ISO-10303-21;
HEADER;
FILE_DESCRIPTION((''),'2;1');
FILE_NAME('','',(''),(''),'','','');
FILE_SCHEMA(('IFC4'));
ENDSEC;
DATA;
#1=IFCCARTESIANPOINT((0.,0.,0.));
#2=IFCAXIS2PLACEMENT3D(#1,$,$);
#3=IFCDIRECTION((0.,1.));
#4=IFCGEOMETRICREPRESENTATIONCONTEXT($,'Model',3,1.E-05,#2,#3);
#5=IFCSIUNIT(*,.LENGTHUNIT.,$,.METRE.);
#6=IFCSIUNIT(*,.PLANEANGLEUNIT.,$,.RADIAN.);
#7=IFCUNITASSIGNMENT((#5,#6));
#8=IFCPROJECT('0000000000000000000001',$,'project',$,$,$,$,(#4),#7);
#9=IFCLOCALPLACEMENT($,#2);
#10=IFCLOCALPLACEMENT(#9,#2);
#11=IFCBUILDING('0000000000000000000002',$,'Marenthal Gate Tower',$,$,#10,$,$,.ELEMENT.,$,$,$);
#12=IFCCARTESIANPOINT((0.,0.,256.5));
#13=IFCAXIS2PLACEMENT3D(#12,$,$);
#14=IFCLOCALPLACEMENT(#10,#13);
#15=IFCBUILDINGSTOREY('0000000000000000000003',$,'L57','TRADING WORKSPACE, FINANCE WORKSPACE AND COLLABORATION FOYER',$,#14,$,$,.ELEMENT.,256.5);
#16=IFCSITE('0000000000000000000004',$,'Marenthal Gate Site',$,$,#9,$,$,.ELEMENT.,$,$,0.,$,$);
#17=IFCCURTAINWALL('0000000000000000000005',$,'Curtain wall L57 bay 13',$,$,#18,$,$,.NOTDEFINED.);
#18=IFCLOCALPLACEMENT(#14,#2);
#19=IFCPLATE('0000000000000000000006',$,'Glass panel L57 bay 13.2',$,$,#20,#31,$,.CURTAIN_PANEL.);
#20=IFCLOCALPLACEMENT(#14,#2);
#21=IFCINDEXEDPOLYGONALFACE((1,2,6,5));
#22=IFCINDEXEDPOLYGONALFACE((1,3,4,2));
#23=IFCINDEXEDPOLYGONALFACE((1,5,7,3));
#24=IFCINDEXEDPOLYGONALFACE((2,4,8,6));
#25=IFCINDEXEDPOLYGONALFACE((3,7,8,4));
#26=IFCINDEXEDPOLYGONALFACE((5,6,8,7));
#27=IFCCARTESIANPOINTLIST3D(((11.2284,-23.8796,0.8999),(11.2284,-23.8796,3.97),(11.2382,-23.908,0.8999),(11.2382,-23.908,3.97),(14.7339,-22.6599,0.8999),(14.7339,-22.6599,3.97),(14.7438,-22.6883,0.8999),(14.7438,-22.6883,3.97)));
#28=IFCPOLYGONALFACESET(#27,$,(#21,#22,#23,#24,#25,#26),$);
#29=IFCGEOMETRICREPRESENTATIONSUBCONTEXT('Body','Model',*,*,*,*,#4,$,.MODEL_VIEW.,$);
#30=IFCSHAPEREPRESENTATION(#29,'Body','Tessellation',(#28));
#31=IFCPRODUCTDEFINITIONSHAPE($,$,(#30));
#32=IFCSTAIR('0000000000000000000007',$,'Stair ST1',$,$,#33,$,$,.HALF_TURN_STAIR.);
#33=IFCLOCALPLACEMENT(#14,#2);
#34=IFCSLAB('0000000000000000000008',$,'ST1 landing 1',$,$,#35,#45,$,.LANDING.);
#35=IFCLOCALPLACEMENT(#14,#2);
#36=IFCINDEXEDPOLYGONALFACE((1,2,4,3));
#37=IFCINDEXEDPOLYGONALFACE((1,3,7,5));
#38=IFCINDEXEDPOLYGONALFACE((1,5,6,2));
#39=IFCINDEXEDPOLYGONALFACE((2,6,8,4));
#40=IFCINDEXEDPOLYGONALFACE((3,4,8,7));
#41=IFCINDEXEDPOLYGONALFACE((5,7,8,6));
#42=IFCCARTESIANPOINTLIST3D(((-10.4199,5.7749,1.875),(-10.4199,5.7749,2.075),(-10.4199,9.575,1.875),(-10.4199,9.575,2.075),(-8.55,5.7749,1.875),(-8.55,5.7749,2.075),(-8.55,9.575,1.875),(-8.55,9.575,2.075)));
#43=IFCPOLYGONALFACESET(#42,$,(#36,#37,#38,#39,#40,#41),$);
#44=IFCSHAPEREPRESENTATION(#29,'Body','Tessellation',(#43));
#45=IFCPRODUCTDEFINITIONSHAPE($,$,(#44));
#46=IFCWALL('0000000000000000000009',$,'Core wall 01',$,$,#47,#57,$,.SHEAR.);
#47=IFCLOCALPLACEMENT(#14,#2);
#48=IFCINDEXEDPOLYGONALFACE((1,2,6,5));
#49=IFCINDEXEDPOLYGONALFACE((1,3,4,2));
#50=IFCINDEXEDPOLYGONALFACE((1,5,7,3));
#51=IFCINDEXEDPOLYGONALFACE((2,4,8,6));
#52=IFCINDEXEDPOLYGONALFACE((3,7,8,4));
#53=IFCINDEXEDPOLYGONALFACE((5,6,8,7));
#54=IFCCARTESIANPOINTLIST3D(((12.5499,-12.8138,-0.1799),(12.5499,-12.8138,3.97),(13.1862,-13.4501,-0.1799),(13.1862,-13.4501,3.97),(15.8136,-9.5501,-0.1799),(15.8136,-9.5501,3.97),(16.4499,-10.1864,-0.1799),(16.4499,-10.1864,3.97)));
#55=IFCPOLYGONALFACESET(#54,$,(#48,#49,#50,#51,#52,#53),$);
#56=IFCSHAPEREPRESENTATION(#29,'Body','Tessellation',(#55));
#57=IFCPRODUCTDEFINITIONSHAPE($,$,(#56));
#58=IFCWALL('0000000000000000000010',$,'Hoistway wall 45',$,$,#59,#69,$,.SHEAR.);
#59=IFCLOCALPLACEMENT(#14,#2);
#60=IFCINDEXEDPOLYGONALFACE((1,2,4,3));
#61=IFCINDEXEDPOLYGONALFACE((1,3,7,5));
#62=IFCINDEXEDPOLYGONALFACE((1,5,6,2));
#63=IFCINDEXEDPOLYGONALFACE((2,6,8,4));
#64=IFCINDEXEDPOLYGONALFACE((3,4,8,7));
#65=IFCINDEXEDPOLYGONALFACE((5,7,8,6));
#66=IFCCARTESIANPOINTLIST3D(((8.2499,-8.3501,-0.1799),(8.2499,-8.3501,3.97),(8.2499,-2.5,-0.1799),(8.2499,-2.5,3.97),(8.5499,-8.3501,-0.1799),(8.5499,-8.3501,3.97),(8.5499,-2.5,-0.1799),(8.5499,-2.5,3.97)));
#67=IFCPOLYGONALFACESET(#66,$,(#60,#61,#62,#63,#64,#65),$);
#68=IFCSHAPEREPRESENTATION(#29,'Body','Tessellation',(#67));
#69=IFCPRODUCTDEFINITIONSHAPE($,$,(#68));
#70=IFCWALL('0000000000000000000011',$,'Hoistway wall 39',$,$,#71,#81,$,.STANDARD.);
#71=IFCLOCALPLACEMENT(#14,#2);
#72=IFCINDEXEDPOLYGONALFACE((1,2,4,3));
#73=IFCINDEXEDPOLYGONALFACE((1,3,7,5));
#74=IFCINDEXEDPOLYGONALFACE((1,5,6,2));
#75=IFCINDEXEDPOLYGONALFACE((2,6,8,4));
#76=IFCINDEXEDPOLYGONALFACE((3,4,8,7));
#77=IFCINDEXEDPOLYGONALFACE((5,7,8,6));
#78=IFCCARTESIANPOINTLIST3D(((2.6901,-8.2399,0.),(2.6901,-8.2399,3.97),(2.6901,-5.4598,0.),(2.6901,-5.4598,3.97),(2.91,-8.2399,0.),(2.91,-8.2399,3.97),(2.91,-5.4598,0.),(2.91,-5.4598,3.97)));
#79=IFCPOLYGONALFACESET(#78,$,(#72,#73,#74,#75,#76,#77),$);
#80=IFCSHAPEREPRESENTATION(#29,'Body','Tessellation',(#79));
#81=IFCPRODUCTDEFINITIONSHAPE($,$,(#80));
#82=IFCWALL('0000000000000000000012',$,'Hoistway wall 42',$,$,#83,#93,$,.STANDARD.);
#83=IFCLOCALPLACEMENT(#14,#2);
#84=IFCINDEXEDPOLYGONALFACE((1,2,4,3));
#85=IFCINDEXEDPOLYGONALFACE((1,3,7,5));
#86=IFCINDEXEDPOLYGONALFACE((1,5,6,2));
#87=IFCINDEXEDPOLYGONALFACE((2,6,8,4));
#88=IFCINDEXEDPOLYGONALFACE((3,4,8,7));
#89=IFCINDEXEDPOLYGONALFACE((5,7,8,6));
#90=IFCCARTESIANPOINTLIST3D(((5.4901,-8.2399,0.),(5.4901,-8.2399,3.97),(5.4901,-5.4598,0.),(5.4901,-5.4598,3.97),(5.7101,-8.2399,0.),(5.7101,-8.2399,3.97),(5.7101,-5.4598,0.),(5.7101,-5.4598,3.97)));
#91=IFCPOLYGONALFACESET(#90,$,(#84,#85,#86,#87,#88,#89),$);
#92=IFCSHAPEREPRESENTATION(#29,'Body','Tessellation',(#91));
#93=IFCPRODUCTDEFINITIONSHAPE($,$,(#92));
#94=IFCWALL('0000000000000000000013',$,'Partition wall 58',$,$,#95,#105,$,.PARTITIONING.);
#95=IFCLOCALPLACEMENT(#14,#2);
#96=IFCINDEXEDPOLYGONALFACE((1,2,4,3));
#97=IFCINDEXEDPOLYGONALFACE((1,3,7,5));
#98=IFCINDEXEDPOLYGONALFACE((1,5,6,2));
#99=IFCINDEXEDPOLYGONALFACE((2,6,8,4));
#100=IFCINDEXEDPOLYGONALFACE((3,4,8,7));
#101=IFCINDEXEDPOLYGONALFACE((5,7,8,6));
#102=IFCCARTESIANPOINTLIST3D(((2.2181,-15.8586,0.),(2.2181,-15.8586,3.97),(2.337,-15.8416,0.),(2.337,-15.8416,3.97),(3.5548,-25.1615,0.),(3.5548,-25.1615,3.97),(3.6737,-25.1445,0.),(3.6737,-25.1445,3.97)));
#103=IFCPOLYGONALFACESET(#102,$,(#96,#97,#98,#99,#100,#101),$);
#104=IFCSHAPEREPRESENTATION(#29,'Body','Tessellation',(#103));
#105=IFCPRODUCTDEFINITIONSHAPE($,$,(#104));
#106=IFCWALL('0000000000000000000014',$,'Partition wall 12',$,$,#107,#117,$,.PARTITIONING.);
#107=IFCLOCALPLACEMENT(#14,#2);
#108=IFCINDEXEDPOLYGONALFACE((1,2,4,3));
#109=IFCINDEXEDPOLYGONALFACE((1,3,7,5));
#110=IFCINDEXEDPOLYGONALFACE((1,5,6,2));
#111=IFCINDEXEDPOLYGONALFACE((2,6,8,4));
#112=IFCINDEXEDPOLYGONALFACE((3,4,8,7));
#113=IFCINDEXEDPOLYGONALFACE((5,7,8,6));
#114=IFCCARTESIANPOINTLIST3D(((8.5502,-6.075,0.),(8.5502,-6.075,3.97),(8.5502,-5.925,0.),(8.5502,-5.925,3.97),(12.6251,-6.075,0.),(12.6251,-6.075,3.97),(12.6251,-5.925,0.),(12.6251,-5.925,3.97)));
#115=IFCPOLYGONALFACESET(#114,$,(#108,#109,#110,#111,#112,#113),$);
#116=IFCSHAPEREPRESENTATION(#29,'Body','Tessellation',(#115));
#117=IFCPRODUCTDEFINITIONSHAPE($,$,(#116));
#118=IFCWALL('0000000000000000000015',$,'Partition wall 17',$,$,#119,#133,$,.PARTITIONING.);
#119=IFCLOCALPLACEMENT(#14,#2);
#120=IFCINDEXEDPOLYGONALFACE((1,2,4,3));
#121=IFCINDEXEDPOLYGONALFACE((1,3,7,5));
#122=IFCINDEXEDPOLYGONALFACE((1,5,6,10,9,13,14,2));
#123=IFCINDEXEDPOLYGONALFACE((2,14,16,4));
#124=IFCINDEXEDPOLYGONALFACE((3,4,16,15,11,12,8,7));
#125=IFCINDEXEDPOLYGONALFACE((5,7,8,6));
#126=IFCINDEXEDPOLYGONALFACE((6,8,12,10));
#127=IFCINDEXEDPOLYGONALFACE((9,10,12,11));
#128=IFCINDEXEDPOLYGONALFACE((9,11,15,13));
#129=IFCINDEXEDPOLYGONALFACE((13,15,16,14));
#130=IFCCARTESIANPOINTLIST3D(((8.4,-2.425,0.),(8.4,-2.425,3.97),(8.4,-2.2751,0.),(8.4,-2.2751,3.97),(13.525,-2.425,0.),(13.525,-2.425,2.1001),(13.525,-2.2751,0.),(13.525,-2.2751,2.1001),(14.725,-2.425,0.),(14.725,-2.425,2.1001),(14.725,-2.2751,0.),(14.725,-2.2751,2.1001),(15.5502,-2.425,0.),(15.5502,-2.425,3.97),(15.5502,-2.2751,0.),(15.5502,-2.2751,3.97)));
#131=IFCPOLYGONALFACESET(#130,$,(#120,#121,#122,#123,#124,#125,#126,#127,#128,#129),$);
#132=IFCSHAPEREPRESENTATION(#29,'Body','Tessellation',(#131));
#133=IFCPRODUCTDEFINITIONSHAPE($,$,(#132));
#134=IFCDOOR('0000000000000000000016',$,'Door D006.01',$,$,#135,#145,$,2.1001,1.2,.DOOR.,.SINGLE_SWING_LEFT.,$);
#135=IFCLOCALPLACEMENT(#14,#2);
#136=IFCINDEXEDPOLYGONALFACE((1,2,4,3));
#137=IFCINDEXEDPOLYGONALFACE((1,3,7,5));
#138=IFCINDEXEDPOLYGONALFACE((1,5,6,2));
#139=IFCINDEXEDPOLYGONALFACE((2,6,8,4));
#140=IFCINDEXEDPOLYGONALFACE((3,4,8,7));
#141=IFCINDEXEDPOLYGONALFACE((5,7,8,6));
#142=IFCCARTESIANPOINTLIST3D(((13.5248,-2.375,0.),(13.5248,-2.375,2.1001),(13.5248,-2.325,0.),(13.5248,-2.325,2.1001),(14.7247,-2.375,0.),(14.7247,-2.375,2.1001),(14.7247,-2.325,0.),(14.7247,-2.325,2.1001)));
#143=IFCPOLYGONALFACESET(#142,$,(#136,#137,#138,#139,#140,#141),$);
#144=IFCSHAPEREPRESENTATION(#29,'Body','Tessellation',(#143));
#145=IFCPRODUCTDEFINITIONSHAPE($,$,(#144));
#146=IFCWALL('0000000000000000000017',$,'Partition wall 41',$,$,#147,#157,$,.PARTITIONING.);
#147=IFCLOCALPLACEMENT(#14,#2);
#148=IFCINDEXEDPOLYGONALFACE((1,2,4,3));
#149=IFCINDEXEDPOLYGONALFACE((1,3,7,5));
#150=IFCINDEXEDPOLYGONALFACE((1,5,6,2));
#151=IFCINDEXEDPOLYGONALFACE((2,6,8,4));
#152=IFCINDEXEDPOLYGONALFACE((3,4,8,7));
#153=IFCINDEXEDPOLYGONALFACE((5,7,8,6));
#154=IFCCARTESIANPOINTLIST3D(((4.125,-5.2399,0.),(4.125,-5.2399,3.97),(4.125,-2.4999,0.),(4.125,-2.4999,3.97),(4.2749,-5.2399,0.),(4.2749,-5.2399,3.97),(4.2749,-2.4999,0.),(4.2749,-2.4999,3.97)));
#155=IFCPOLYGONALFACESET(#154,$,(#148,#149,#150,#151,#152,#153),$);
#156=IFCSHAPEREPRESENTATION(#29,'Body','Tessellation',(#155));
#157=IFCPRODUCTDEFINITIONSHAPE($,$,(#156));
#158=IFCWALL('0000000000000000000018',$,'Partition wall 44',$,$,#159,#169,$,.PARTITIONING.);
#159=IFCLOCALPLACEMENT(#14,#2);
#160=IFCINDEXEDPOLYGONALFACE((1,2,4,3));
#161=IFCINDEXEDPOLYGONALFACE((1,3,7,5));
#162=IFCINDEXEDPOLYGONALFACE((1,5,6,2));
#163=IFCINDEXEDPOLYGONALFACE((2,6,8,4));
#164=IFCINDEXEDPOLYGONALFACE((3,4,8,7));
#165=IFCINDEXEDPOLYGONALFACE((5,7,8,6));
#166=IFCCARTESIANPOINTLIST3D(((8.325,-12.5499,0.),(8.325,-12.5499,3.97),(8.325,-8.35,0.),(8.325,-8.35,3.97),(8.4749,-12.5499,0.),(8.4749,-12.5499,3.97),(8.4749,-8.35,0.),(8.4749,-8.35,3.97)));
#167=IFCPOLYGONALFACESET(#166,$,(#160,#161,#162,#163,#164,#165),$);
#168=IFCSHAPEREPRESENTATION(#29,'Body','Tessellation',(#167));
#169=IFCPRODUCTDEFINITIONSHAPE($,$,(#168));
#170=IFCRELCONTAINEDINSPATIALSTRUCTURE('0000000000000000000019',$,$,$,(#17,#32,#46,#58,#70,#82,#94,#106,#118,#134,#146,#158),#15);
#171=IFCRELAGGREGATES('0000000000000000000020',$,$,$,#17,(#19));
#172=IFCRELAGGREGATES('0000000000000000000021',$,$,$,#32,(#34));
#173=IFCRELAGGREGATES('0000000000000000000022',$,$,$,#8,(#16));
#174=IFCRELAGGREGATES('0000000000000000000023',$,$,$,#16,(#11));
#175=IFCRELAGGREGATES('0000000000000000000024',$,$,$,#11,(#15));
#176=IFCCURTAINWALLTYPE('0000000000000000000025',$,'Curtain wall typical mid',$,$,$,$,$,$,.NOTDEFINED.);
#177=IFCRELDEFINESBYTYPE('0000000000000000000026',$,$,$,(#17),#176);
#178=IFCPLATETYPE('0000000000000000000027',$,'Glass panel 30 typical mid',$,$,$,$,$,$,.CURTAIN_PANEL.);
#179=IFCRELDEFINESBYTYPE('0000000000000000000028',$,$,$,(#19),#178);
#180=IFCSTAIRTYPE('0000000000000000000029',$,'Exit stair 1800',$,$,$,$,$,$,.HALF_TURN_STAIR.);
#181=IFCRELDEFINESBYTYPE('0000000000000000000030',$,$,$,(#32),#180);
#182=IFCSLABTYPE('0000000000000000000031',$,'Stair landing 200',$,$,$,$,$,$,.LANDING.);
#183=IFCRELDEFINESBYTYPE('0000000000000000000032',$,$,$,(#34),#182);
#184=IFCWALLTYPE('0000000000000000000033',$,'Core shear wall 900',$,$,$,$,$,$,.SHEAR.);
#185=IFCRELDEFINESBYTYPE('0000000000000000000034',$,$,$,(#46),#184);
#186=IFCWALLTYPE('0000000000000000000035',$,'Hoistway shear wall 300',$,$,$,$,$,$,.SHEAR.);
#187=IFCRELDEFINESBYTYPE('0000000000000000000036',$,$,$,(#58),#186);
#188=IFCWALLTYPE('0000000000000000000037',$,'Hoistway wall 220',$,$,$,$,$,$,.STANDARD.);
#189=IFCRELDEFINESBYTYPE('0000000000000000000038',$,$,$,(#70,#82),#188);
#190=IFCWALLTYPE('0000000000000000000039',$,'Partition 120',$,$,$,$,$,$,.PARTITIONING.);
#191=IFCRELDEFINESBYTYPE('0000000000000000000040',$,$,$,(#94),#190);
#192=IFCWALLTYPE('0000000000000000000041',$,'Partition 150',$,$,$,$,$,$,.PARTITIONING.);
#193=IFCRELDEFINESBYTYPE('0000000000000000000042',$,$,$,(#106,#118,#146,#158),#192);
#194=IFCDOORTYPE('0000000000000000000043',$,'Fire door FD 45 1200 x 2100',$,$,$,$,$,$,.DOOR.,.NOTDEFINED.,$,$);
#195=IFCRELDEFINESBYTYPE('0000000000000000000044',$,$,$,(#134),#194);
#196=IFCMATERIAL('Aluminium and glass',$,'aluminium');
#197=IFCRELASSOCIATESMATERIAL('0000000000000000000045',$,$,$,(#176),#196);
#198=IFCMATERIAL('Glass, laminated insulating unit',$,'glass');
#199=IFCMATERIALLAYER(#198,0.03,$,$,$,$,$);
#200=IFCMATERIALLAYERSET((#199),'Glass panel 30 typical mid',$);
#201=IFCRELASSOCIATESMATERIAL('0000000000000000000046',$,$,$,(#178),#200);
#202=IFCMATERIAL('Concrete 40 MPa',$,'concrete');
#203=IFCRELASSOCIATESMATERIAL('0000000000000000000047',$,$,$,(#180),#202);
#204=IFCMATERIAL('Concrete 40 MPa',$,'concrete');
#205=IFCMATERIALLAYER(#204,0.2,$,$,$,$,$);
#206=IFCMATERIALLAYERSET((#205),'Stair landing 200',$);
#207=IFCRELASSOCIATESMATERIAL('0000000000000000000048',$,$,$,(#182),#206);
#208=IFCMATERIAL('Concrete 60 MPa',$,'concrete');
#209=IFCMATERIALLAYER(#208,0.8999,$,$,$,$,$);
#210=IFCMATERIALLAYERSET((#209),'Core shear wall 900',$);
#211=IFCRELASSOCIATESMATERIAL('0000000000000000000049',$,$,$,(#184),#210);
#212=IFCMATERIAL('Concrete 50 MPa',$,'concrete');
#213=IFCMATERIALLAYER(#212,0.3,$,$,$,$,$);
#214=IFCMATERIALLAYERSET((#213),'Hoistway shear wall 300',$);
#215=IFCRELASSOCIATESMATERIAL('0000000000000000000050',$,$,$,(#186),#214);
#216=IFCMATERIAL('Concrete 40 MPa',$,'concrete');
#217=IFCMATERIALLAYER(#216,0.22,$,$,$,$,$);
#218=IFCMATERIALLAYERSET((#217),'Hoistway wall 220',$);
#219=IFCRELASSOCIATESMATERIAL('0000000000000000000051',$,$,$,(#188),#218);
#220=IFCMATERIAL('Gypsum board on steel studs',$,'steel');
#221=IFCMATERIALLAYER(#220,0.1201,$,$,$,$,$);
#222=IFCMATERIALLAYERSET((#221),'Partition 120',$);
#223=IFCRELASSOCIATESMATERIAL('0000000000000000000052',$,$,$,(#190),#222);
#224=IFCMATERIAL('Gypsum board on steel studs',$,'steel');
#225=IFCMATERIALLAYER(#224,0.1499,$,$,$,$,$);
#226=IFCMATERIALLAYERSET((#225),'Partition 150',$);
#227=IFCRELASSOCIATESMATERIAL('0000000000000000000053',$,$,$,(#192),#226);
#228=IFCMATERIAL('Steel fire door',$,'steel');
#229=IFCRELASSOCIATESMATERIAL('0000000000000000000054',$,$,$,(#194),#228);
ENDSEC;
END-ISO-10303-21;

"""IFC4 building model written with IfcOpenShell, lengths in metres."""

from ifc_helpers import new_model, si_unit, direction, frame, frame_2d, origin, origin_2d, place, context, subcontext, project, spatial, polyline, rectangle, outline, extrude, material, layer, layer_set, type_object, element, fill, aggregate, save


model = new_model("IFC4")

# Units and contexts
model_context = context("Model", 3, precision=1e-05, world=origin(), true_north=direction((0.0, 1.0)))
body_context = subcontext(model_context, "Body", "Model", "MODEL_VIEW")
ifc_project = project(units=[si_unit("LENGTHUNIT", "METRE"), si_unit("PLANEANGLEUNIT", "RADIAN")], contexts=[model_context])

# Site, building, storey
site_placement = place(None, origin())
site = spatial("IfcSite", under=ifc_project, at=site_placement, Name="Marenthal Gate Site", CompositionType="ELEMENT", RefElevation=0.0)
building_placement = place(site_placement, origin())
building = spatial("IfcBuilding", under=site, at=building_placement, Name="Marenthal Gate Tower", CompositionType="ELEMENT")
storey_placement = place(building_placement, frame((0.0, 0.0, 256.5)))
storey = spatial("IfcBuildingStorey", under=building, at=storey_placement, Name="L57", Description="TRADING WORKSPACE, FINANCE WORKSPACE AND COLLABORATION FOYER", CompositionType="ELEMENT", Elevation=256.5)

# Curtain wall
ifc_material_1 = material(Name="Aluminium and glass", Category="aluminium")
curtain_wall_type = type_object("IfcCurtainWallType", Name="Curtain wall typical mid", PredefinedType="NOTDEFINED", material=ifc_material_1)
curtain_wall_placement = place(storey_placement, origin())
curtain_wall = element("IfcCurtainWall", 1, at=curtain_wall_placement, inside=storey, type_object=curtain_wall_type, Name="Curtain wall L57 bay 13", PredefinedType="NOTDEFINED")

# Plate
ifc_material_2 = material(Name="Glass, laminated insulating unit", Category="glass")
ifc_layer_1 = layer(ifc_material_2, 0.03)
ifc_layer_set_1 = layer_set([ifc_layer_1], Name="Glass panel 30 typical mid")
plate_type = type_object("IfcPlateType", Name="Glass panel 30 typical mid", PredefinedType="CURTAIN_PANEL", material=ifc_layer_set_1)
plate_1_placement = place(storey_placement, frame((12.9861, -23.2839, 0.8999), z_axis=(0.0, 0.0, 1.0), x_axis=(0.944465, 0.328612, 0.0)))
plate_1 = element("IfcPlate", 2, at=plate_1_placement, type_object=plate_type, Name="Glass panel L57 bay 13.2", PredefinedType="CURTAIN_PANEL", context=body_context, shape_type="SweptSolid", body=[
    extrude(rectangle(XDim=3.7117, YDim=0.03, at=origin_2d()), origin(), (0.0, 0.0, 1.0), 3.0701),
])
aggregate(curtain_wall, [plate_1])

# Stair, slab
ifc_material_3 = material(Name="Concrete 40 MPa", Category="concrete")
stair_type = type_object("IfcStairType", Name="Exit stair 1800", PredefinedType="HALF_TURN_STAIR", material=ifc_material_3)
stair_placement = place(storey_placement, origin())
stair = element("IfcStair", 3, at=stair_placement, inside=storey, type_object=stair_type, Name="Stair ST1", PredefinedType="HALF_TURN_STAIR")
ifc_material_4 = material(Name="Concrete 40 MPa", Category="concrete")
ifc_layer_2 = layer(ifc_material_4, 0.2)
ifc_layer_set_2 = layer_set([ifc_layer_2], Name="Stair landing 200")
slab_type_1 = type_object("IfcSlabType", Name="Stair landing 200", PredefinedType="LANDING", material=ifc_layer_set_2)
slab_1_placement = place(storey_placement, frame((0.0, 0.0, 1.875)))
slab_1 = element("IfcSlab", 4, at=slab_1_placement, type_object=slab_type_1, Name="ST1 landing 1", PredefinedType="LANDING", context=body_context, shape_type="SweptSolid", body=[
    extrude(outline(polyline([(-10.4199, 5.7749), (-8.55, 5.7749), (-8.55, 9.575), (-10.4199, 9.575), (-10.4199, 5.7749)])), origin(), (0.0, 0.0, 1.0), 0.2),
])
aggregate(stair, [slab_1])

# Walls
ifc_material_5 = material(Name="Concrete 60 MPa", Category="concrete")
ifc_layer_3 = layer(ifc_material_5, 0.8999)
ifc_layer_set_3 = layer_set([ifc_layer_3], Name="Core shear wall 900")
wall_type_1 = type_object("IfcWallType", Name="Core shear wall 900", PredefinedType="SHEAR", material=ifc_layer_set_3)
wall_1_placement = place(storey_placement, frame((12.8682, -13.1318, -0.1799), z_axis=(0.0, 0.0, 1.0), x_axis=(0.707107, 0.707107, 0.0)))
element("IfcWall", 5, at=wall_1_placement, inside=storey, type_object=wall_type_1, Name="Core wall 01", PredefinedType="SHEAR", context=body_context, shape_type="SweptSolid", body=[
    extrude(rectangle(XDim=4.6155, YDim=0.8999, at=frame_2d((2.3076, 0.0))), origin(), (0.0, 0.0, 1.0), 4.1499),
])
ifc_material_6 = material(Name="Concrete 50 MPa", Category="concrete")
ifc_layer_4 = layer(ifc_material_6, 0.3)
ifc_layer_set_4 = layer_set([ifc_layer_4], Name="Hoistway shear wall 300")
wall_type_2 = type_object("IfcWallType", Name="Hoistway shear wall 300", PredefinedType="SHEAR", material=ifc_layer_set_4)
wall_2_placement = place(storey_placement, frame((8.3999, -8.3501, -0.1799), z_axis=(0.0, 0.0, 1.0), x_axis=(0.0, 1.0, 0.0)))
element("IfcWall", 6, at=wall_2_placement, inside=storey, type_object=wall_type_2, Name="Hoistway wall 45", PredefinedType="SHEAR", context=body_context, shape_type="SweptSolid", body=[
    extrude(rectangle(XDim=5.8501, YDim=0.3, at=frame_2d((2.925, 0.0))), origin(), (0.0, 0.0, 1.0), 4.1499),
])
ifc_material_7 = material(Name="Concrete 40 MPa", Category="concrete")
ifc_layer_5 = layer(ifc_material_7, 0.22)
ifc_layer_set_5 = layer_set([ifc_layer_5], Name="Hoistway wall 220")
wall_type_3 = type_object("IfcWallType", Name="Hoistway wall 220", PredefinedType="STANDARD", material=ifc_layer_set_5)
for number, where, z_axis, x_axis, name in (
    (7, (2.8, -8.24, 0.0), (0.0, 0.0, 1.0), (0.0, 1.0, 0.0), "Hoistway wall 39"),
    (8, (5.6001, -8.24, 0.0), (0.0, 0.0, 1.0), (0.0, 1.0, 0.0), "Hoistway wall 42"),
):
    element("IfcWall", number, at=place(storey_placement, frame(where, z_axis=z_axis, x_axis=x_axis)), inside=storey, type_object=wall_type_3, Name=name, PredefinedType="STANDARD", context=body_context, shape_type="SweptSolid", body=[
        extrude(rectangle(XDim=2.78, YDim=0.22, at=frame_2d((1.3901, 0.0))), origin(), (0.0, 0.0, 1.0), 3.97),
    ])
ifc_material_8 = material(Name="Gypsum board on steel studs", Category="steel")
ifc_layer_6 = layer(ifc_material_8, 0.1201)
ifc_layer_set_6 = layer_set([ifc_layer_6], Name="Partition 120")
wall_type_4 = type_object("IfcWallType", Name="Partition 120", PredefinedType="PARTITIONING", material=ifc_layer_set_6)
wall_3_placement = place(storey_placement, frame((2.2776, -15.8501, 0.0), z_axis=(0.0, 0.0, 1.0), x_axis=(0.142221, -0.989835, 0.0)))
element("IfcWall", 9, at=wall_3_placement, inside=storey, type_object=wall_type_4, Name="Partition wall 58", PredefinedType="PARTITIONING", context=body_context, shape_type="SweptSolid", body=[
    extrude(rectangle(XDim=9.3984, YDim=0.1201, at=frame_2d((4.6992, 0.0))), origin(), (0.0, 0.0, 1.0), 3.97),
])
ifc_material_9 = material(Name="Gypsum board on steel studs", Category="steel")
ifc_layer_7 = layer(ifc_material_9, 0.1499)
ifc_layer_set_7 = layer_set([ifc_layer_7], Name="Partition 150")
wall_type_5 = type_object("IfcWallType", Name="Partition 150", PredefinedType="PARTITIONING", material=ifc_layer_set_7)
wall_4_placement = place(storey_placement, frame((8.55, -6.0, 0.0), z_axis=(0.0, 0.0, 1.0), x_axis=(1.0, 0.0, 0.0)))
element("IfcWall", 10, at=wall_4_placement, inside=storey, type_object=wall_type_5, Name="Partition wall 12", PredefinedType="PARTITIONING", context=body_context, shape_type="SweptSolid", body=[
    extrude(rectangle(XDim=4.075, YDim=0.1499, at=frame_2d((2.0376, 0.0))), origin(), (0.0, 0.0, 1.0), 3.97),
])

# Wall, opening, door
wall_5_placement = place(storey_placement, frame((8.3999, -2.3501, 0.0), z_axis=(0.0, 0.0, 1.0), x_axis=(1.0, 0.0, 0.0)))
wall_5 = element("IfcWall", 11, at=wall_5_placement, inside=storey, type_object=wall_type_5, Name="Partition wall 17", PredefinedType="PARTITIONING", context=body_context, shape_type="SweptSolid", body=[
    extrude(rectangle(XDim=7.1501, YDim=0.1499, at=frame_2d((3.5752, 0.0))), origin(), (0.0, 0.0, 1.0), 3.97),
])
opening_1_placement = place(wall_5_placement, frame((5.125, 0.0, 0.0)))
opening_1 = element("IfcOpeningElement", 12, at=opening_1_placement, cuts=wall_5, PredefinedType="OPENING", context=body_context, shape_type="SweptSolid", body=[
    extrude(rectangle(XDim=1.2, YDim=2.1001, at=frame_2d((0.6001, 1.05))), frame((0.0, 0.085, 0.0), z_axis=(0.0, -1.0, 0.0), x_axis=(1.0, 0.0, 0.0)), (0.0, 0.0, 1.0), 0.1699),
])
ifc_material_10 = material(Name="Steel fire door", Category="steel")
door_type_1 = type_object("IfcDoorType", Name="Fire door FD 45 1200 x 2100", OperationType="NOTDEFINED", PredefinedType="DOOR", material=ifc_material_10)
door_1_placement = place(opening_1_placement, frame((1.2, 0.0, 0.0), z_axis=(0.0, 0.0, 1.0), x_axis=(-1.0, 0.0, 0.0)))
door_1 = element("IfcDoor", 13, at=door_1_placement, inside=storey, type_object=door_type_1, Name="Door D006.01", OperationType="SINGLE_SWING_LEFT", OverallHeight=2.1001, OverallWidth=1.2, PredefinedType="DOOR", context=body_context, shape_type="SweptSolid", body=[
    extrude(rectangle(XDim=1.2, YDim=2.1001, at=frame_2d((0.6001, 1.05))), frame((0.0, 0.0249, 0.0), z_axis=(0.0, -1.0, 0.0), x_axis=(1.0, 0.0, 0.0)), (0.0, 0.0, 1.0), 0.05),
])
fill(opening_1, door_1)

# Walls
wall_6_placement = place(storey_placement, frame((4.2, -5.24, 0.0), z_axis=(0.0, 0.0, 1.0), x_axis=(0.0, 1.0, 0.0)))
element("IfcWall", 14, at=wall_6_placement, inside=storey, type_object=wall_type_5, Name="Partition wall 41", PredefinedType="PARTITIONING", context=body_context, shape_type="SweptSolid", body=[
    extrude(rectangle(XDim=2.74, YDim=0.1499, at=frame_2d((1.3701, 0.0))), origin(), (0.0, 0.0, 1.0), 3.97),
])
wall_7_placement = place(storey_placement, frame((8.3999, -12.55, 0.0), z_axis=(0.0, 0.0, 1.0), x_axis=(0.0, 1.0, 0.0)))
element("IfcWall", 15, at=wall_7_placement, inside=storey, type_object=wall_type_5, Name="Partition wall 44", PredefinedType="PARTITIONING", context=body_context, shape_type="SweptSolid", body=[
    extrude(rectangle(XDim=4.2, YDim=0.1499, at=frame_2d((2.1001, 0.0))), origin(), (0.0, 0.0, 1.0), 3.97),
])

save(model, "model.ifc")
